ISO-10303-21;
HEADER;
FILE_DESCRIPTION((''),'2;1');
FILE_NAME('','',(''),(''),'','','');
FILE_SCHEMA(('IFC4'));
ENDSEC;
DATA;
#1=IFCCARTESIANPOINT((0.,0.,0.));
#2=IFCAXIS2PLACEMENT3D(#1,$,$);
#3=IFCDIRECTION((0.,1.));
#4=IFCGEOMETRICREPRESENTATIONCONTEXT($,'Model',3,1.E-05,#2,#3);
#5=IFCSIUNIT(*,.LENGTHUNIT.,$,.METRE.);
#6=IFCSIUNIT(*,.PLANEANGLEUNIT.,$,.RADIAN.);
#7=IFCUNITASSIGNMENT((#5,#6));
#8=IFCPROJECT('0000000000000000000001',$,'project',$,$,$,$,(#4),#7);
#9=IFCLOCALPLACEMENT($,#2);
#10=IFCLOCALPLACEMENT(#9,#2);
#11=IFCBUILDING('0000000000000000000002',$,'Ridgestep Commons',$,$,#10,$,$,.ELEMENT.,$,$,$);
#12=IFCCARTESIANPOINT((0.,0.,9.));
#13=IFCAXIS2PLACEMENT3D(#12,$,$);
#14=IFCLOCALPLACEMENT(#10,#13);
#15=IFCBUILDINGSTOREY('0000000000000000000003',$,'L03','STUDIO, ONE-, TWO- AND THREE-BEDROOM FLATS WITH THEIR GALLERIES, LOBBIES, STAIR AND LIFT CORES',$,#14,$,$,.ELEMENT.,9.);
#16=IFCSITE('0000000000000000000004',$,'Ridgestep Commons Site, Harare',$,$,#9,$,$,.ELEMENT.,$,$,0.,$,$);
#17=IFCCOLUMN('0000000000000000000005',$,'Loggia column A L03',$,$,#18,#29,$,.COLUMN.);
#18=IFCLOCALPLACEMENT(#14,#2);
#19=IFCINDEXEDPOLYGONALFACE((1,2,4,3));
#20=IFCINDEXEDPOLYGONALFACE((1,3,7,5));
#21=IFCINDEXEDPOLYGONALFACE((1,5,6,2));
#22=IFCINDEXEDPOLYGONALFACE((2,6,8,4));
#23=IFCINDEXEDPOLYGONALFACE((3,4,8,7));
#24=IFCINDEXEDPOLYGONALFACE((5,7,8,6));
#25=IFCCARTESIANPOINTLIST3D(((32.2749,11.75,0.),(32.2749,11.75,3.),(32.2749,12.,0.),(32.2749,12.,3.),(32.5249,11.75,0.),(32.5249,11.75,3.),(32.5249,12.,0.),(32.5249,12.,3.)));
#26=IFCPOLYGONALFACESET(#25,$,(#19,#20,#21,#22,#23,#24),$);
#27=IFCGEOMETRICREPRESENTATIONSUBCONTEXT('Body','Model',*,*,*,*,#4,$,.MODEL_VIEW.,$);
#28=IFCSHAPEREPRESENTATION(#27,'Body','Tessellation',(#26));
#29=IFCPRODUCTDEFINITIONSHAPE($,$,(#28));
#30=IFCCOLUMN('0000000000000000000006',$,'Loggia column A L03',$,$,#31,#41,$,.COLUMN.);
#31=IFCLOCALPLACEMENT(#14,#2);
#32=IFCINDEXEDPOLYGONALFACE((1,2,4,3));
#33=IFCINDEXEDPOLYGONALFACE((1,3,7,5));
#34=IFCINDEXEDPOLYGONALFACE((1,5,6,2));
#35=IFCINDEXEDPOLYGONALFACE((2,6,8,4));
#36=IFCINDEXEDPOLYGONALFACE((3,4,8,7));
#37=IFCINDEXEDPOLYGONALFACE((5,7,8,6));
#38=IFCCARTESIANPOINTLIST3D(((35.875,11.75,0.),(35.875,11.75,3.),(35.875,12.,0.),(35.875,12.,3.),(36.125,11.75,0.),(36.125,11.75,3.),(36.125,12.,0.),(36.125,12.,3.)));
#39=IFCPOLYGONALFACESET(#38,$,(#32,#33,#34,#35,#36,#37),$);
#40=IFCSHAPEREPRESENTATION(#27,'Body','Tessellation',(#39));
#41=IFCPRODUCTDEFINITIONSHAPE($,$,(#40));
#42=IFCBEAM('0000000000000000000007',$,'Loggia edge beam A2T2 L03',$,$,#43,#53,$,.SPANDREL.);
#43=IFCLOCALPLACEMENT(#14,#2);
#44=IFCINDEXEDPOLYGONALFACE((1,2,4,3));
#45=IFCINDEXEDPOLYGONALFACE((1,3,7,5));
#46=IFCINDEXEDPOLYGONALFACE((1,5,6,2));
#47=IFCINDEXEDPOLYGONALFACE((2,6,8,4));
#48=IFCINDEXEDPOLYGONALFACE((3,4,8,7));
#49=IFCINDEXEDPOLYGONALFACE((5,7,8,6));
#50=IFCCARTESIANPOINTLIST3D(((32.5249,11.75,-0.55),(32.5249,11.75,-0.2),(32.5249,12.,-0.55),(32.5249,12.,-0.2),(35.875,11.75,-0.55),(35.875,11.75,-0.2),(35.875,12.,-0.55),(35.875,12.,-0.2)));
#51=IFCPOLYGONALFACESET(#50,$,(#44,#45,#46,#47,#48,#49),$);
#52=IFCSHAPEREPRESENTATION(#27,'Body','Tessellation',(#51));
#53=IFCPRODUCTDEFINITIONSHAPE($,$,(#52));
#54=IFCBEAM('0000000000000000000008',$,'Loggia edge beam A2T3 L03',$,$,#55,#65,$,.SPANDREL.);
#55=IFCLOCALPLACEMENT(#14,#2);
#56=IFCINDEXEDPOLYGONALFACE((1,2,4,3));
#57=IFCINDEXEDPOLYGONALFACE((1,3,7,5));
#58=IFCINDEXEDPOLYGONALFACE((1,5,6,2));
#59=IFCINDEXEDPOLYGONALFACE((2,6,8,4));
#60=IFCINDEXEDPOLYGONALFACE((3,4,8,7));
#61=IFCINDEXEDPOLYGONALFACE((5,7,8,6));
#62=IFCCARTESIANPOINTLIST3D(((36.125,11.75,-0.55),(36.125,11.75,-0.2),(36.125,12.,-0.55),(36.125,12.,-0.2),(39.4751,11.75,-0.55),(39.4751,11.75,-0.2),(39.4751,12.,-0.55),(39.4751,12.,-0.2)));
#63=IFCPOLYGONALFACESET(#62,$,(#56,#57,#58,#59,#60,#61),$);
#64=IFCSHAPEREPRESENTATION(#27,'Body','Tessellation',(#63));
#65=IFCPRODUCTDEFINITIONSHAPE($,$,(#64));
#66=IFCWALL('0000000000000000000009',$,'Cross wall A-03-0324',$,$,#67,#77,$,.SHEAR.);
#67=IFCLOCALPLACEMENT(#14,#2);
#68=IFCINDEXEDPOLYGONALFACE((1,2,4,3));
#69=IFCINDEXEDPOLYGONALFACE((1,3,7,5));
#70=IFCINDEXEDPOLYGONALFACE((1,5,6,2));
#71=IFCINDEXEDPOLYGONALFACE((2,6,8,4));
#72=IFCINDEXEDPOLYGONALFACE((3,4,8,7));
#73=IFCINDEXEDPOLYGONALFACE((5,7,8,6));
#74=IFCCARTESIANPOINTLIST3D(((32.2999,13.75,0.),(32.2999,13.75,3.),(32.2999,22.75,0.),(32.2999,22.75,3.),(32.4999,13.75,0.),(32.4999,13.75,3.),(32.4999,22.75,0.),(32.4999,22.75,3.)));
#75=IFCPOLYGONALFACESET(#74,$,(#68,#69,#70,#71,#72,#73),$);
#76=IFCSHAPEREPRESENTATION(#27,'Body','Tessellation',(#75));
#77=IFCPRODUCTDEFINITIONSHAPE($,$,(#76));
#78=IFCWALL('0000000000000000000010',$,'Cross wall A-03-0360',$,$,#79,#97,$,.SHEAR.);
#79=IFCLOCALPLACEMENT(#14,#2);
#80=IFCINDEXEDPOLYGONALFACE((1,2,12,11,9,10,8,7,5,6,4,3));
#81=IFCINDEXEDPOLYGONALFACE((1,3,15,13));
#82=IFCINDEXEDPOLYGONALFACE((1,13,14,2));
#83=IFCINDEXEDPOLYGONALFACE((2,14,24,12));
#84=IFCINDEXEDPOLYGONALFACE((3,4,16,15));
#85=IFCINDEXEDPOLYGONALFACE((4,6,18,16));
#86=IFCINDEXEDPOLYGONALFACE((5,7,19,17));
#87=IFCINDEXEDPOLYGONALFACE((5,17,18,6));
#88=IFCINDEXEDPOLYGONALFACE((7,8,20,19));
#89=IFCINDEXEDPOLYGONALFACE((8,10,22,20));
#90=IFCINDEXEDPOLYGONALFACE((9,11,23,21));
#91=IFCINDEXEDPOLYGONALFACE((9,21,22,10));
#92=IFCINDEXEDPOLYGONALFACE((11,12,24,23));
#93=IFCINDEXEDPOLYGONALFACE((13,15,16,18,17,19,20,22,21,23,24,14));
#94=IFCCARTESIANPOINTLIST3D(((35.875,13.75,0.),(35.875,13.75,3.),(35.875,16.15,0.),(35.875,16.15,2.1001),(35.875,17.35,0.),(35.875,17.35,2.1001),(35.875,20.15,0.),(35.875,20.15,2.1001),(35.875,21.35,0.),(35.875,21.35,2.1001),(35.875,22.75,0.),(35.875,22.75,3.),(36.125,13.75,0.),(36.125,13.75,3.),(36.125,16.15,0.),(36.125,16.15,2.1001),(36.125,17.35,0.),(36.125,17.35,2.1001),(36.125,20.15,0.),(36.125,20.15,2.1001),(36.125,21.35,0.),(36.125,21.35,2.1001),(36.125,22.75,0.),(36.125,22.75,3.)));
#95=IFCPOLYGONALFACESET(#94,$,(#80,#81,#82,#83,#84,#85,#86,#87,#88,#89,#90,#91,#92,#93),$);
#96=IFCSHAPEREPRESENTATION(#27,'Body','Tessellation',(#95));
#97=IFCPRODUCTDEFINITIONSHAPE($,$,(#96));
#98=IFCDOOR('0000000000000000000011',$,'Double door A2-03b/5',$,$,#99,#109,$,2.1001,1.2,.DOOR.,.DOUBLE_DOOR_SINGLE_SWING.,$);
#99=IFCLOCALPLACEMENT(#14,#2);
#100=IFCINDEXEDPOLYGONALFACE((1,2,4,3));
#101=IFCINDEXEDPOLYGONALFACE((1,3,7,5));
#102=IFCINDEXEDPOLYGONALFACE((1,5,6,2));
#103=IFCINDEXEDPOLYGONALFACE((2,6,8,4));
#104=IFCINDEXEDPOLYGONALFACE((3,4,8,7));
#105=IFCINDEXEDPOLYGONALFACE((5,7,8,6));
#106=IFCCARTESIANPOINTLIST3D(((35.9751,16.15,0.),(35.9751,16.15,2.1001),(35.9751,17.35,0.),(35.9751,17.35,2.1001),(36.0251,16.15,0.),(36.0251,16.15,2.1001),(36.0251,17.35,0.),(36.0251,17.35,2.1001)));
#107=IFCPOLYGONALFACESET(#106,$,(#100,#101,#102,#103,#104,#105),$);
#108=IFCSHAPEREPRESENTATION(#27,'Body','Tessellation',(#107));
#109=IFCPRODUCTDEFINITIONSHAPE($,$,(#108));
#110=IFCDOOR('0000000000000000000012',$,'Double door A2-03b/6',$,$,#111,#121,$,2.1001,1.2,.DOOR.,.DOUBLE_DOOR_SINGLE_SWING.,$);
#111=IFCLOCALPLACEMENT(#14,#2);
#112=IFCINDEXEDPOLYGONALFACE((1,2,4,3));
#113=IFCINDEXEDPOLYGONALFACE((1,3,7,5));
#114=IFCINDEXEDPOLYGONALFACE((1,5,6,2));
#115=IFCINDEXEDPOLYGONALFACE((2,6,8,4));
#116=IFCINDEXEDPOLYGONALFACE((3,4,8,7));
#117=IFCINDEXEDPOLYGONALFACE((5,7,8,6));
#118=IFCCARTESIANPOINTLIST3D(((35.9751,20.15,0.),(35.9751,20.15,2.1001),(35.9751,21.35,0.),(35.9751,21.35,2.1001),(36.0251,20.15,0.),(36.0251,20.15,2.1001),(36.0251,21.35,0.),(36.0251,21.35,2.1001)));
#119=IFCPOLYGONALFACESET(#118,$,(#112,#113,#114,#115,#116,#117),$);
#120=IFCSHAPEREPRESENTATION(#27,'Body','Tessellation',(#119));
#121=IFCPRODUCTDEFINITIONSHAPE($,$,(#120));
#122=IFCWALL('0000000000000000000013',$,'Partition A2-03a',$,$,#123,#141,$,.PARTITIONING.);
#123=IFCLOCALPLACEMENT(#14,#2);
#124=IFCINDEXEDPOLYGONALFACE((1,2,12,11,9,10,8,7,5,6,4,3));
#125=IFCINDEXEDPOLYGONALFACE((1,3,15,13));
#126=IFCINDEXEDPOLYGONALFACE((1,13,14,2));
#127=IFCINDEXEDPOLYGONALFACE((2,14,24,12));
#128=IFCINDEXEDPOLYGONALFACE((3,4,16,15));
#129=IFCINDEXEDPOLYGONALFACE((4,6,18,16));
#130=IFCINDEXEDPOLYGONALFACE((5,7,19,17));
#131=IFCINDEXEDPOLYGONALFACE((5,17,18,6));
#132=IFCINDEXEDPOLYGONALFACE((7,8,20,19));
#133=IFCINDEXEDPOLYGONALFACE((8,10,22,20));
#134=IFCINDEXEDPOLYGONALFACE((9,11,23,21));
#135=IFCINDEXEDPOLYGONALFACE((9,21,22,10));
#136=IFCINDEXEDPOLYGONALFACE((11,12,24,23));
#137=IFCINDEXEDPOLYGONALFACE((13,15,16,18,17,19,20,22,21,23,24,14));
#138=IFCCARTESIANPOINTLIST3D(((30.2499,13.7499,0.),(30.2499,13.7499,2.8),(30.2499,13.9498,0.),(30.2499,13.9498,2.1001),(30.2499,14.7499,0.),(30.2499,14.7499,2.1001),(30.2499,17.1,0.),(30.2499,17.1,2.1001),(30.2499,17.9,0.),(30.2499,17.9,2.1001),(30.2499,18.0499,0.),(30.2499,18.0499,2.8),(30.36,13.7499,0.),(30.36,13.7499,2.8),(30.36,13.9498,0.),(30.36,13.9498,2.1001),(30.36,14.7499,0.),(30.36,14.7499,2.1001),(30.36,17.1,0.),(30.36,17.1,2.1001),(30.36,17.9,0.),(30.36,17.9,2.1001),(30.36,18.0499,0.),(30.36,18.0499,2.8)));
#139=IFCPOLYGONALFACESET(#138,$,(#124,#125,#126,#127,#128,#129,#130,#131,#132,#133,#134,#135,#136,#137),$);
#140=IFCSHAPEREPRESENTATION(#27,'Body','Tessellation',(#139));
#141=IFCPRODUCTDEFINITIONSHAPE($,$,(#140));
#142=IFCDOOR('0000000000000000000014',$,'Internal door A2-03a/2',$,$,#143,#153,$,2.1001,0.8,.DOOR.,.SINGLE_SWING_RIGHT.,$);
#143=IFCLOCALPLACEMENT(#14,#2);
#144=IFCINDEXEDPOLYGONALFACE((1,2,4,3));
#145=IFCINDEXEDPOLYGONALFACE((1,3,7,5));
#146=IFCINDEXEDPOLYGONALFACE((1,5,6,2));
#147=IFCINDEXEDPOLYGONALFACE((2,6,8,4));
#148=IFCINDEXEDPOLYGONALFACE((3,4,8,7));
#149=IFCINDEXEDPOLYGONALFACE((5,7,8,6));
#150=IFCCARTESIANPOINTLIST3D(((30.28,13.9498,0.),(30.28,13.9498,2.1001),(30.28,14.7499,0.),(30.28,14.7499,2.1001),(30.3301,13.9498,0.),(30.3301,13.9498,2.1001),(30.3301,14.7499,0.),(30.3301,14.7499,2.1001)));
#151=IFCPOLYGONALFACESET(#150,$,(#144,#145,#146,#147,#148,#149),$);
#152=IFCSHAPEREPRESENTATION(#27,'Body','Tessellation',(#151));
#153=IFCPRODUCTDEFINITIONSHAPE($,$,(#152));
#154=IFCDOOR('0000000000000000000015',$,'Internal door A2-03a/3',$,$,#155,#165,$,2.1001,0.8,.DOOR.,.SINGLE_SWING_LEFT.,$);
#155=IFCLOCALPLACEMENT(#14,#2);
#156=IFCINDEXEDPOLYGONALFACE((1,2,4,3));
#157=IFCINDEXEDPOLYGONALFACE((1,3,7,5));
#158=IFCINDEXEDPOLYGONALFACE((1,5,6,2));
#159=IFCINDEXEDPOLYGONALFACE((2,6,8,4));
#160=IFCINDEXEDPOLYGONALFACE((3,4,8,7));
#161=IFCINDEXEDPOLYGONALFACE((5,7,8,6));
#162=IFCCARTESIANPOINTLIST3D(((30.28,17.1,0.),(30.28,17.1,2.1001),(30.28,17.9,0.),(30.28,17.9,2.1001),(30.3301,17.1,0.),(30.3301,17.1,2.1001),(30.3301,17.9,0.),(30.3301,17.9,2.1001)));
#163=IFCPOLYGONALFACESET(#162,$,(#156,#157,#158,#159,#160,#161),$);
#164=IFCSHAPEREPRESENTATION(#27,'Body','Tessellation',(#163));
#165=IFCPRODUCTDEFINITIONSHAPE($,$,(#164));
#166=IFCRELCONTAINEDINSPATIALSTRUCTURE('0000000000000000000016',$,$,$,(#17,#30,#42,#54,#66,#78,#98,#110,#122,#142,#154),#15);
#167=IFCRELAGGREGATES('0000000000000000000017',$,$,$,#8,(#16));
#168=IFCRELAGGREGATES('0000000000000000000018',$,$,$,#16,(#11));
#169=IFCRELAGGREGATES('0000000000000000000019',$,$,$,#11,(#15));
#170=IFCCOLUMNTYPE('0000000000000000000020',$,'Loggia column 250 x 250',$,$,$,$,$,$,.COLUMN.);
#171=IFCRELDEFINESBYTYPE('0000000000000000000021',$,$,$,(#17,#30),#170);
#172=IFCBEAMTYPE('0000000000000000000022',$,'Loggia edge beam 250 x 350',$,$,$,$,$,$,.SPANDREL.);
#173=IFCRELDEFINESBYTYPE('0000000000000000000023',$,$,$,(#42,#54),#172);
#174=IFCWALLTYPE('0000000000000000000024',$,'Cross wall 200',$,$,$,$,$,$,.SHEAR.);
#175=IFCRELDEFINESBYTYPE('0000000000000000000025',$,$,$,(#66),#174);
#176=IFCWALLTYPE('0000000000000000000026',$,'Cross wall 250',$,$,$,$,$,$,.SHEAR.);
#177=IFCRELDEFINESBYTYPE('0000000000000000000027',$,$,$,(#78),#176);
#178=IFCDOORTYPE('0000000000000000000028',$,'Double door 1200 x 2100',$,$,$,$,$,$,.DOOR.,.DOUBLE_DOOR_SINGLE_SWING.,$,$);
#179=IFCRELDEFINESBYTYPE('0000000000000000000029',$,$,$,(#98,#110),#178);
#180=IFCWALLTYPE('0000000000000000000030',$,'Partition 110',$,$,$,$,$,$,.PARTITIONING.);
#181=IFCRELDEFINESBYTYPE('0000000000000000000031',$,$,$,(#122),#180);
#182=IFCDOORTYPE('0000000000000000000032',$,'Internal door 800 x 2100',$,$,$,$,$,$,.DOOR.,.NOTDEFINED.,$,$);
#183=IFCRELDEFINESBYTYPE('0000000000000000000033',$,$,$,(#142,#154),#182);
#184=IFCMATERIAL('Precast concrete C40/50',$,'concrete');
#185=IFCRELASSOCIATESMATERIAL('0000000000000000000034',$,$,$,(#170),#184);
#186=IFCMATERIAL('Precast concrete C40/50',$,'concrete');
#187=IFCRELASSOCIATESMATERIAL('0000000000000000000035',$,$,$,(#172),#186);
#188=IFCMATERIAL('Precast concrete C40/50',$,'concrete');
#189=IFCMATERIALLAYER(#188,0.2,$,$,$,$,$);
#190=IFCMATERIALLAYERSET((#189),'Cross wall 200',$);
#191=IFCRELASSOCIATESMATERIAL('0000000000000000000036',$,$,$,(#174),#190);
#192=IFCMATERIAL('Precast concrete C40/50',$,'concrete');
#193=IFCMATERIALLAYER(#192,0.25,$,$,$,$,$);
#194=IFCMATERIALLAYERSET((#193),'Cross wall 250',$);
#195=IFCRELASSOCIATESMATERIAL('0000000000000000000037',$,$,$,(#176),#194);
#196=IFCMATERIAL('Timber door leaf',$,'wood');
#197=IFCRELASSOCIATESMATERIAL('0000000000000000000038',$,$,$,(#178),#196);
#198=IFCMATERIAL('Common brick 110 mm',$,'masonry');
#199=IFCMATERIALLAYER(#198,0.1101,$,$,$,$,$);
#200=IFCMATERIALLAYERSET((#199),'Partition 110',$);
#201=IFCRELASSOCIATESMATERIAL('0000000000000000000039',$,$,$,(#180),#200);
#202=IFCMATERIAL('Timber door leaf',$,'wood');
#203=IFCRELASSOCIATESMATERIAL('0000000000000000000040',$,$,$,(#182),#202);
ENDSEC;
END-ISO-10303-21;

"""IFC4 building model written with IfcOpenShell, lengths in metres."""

from ifc_helpers import new_model, si_unit, direction, frame, frame_2d, origin, origin_2d, place, context, subcontext, project, spatial, rectangle, extrude, material, layer, layer_set, material_profile, profile_set, type_object, element, fill, save


model = new_model("IFC4")

# Units and contexts
model_context = context("Model", 3, precision=1e-05, world=origin(), true_north=direction((0.0, 1.0)))
body_context = subcontext(model_context, "Body", "Model", "MODEL_VIEW")
ifc_project = project(units=[si_unit("LENGTHUNIT", "METRE"), si_unit("PLANEANGLEUNIT", "RADIAN")], contexts=[model_context])

# Site, building, storey
site_placement = place(None, origin())
site = spatial("IfcSite", under=ifc_project, at=site_placement, Name="Ridgestep Commons Site, Harare", CompositionType="ELEMENT", RefElevation=0.0)
building_placement = place(site_placement, origin())
building = spatial("IfcBuilding", under=site, at=building_placement, Name="Ridgestep Commons", CompositionType="ELEMENT")
storey_placement = place(building_placement, frame((0.0, 0.0, 9.0)))
storey = spatial("IfcBuildingStorey", under=building, at=storey_placement, Name="L03", Description="STUDIO, ONE-, TWO- AND THREE-BEDROOM FLATS WITH THEIR GALLERIES, LOBBIES, STAIR AND LIFT CORES", CompositionType="ELEMENT", Elevation=9.0)

# Columns
ifc_material_1 = material(Name="Precast concrete C40/50", Category="concrete")
ifc_material_profile_1 = material_profile(ifc_material_1, rectangle(XDim=0.25, YDim=0.25, at=origin_2d()), Name="PC 250x250")
ifc_profile_set_1 = profile_set([ifc_material_profile_1], Name="Precast concrete C40/50")
column_type = type_object("IfcColumnType", Name="Loggia column 250 x 250", PredefinedType="COLUMN", material=ifc_profile_set_1)
for number, where, z_axis, x_axis, name in (
    (1, (32.3999, 11.875, 0.0), (0.0, 0.0, 1.0), (1.0, 0.0, 0.0), "Loggia column A L03"),
    (2, (36.0, 11.875, 0.0), (0.0, 0.0, 1.0), (1.0, 0.0, 0.0), "Loggia column A L03"),
):
    element("IfcColumn", number, at=place(storey_placement, frame(where, z_axis=z_axis, x_axis=x_axis)), inside=storey, type_object=column_type, Name=name, PredefinedType="COLUMN", context=body_context, shape_type="SweptSolid", body=[
        extrude(rectangle(XDim=0.25, YDim=0.25, at=origin_2d()), origin(), (0.0, 0.0, 1.0), 3.0),
    ])

# Beams
ifc_material_2 = material(Name="Precast concrete C40/50", Category="concrete")
ifc_material_profile_2 = material_profile(ifc_material_2, rectangle(XDim=0.25, YDim=0.3501, at=origin_2d()), Name="PC 250x350")
ifc_profile_set_2 = profile_set([ifc_material_profile_2], Name="Precast concrete C40/50")
beam_type = type_object("IfcBeamType", Name="Loggia edge beam 250 x 350", PredefinedType="SPANDREL", material=ifc_profile_set_2)
for number, where, z_axis, x_axis, name in (
    (3, (32.5249, 11.875, -0.375), (1.0, 0.0, 0.0), (0.0, 1.0, 0.0), "Loggia edge beam A2T2 L03"),
    (4, (36.125, 11.875, -0.375), (1.0, 0.0, 0.0), (0.0, 1.0, 0.0), "Loggia edge beam A2T3 L03"),
):
    element("IfcBeam", number, at=place(storey_placement, frame(where, z_axis=z_axis, x_axis=x_axis)), inside=storey, type_object=beam_type, Name=name, PredefinedType="SPANDREL", context=body_context, shape_type="SweptSolid", body=[
        extrude(rectangle(XDim=0.25, YDim=0.3501, at=origin_2d()), origin(), (0.0, 0.0, 1.0), 3.3501),
    ])

# Wall
ifc_material_3 = material(Name="Precast concrete C40/50", Category="concrete")
ifc_layer_1 = layer(ifc_material_3, 0.2)
ifc_layer_set_1 = layer_set([ifc_layer_1], Name="Cross wall 200")
wall_type_1 = type_object("IfcWallType", Name="Cross wall 200", PredefinedType="SHEAR", material=ifc_layer_set_1)
wall_1_placement = place(storey_placement, frame((32.3999, 13.75, 0.0), z_axis=(0.0, 0.0, 1.0), x_axis=(0.0, 1.0, 0.0)))
element("IfcWall", 5, at=wall_1_placement, inside=storey, type_object=wall_type_1, Name="Cross wall A-03-0324", PredefinedType="SHEAR", context=body_context, shape_type="SweptSolid", body=[
    extrude(rectangle(XDim=9.0, YDim=0.2, at=frame_2d((4.5, 0.0))), origin(), (0.0, 0.0, 1.0), 3.0),
])

# Walls, openings, doors
ifc_material_4 = material(Name="Precast concrete C40/50", Category="concrete")
ifc_layer_2 = layer(ifc_material_4, 0.25)
ifc_layer_set_2 = layer_set([ifc_layer_2], Name="Cross wall 250")
wall_type_2 = type_object("IfcWallType", Name="Cross wall 250", PredefinedType="SHEAR", material=ifc_layer_set_2)
wall_2_placement = place(storey_placement, frame((36.0, 13.75, 0.0), z_axis=(0.0, 0.0, 1.0), x_axis=(0.0, 1.0, 0.0)))
wall_2 = element("IfcWall", 6, at=wall_2_placement, inside=storey, type_object=wall_type_2, Name="Cross wall A-03-0360", PredefinedType="SHEAR", context=body_context, shape_type="SweptSolid", body=[
    extrude(rectangle(XDim=9.0, YDim=0.25, at=frame_2d((4.5, 0.0))), origin(), (0.0, 0.0, 1.0), 3.0),
])
opening_1_placement = place(wall_2_placement, frame((2.3999, 0.0, 0.0)))
opening_1 = element("IfcOpeningElement", 7, at=opening_1_placement, cuts=wall_2, PredefinedType="OPENING", context=body_context, shape_type="SweptSolid", body=[
    extrude(rectangle(XDim=1.2, YDim=2.1001, at=frame_2d((0.6001, 1.05))), frame((0.0, 0.135, 0.0), z_axis=(0.0, -1.0, 0.0), x_axis=(1.0, 0.0, 0.0)), (0.0, 0.0, 1.0), 0.27),
])
opening_2_placement = place(wall_2_placement, frame((6.3999, 0.0, 0.0)))
opening_2 = element("IfcOpeningElement", 8, at=opening_2_placement, cuts=wall_2, PredefinedType="OPENING", context=body_context, shape_type="SweptSolid", body=[
    extrude(rectangle(XDim=1.2, YDim=2.1001, at=frame_2d((0.6001, 1.05))), frame((0.0, 0.135, 0.0), z_axis=(0.0, -1.0, 0.0), x_axis=(1.0, 0.0, 0.0)), (0.0, 0.0, 1.0), 0.27),
])
ifc_material_5 = material(Name="Timber door leaf", Category="wood")
door_type_1 = type_object("IfcDoorType", Name="Double door 1200 x 2100", OperationType="DOUBLE_DOOR_SINGLE_SWING", PredefinedType="DOOR", material=ifc_material_5)
door_1_placement = place(opening_1_placement, origin())
door_1 = element("IfcDoor", 9, at=door_1_placement, inside=storey, type_object=door_type_1, Name="Double door A2-03b/5", OperationType="DOUBLE_DOOR_SINGLE_SWING", OverallHeight=2.1001, OverallWidth=1.2, PredefinedType="DOOR", context=body_context, shape_type="SweptSolid", body=[
    extrude(rectangle(XDim=1.2, YDim=2.1001, at=frame_2d((0.6001, 1.05))), frame((0.0, 0.0249, 0.0), z_axis=(0.0, -1.0, 0.0), x_axis=(1.0, 0.0, 0.0)), (0.0, 0.0, 1.0), 0.05),
])
fill(opening_1, door_1)
door_2_placement = place(opening_2_placement, origin())
door_2 = element("IfcDoor", 10, at=door_2_placement, inside=storey, type_object=door_type_1, Name="Double door A2-03b/6", OperationType="DOUBLE_DOOR_SINGLE_SWING", OverallHeight=2.1001, OverallWidth=1.2, PredefinedType="DOOR", context=body_context, shape_type="SweptSolid", body=[
    extrude(rectangle(XDim=1.2, YDim=2.1001, at=frame_2d((0.6001, 1.05))), frame((0.0, 0.0249, 0.0), z_axis=(0.0, -1.0, 0.0), x_axis=(1.0, 0.0, 0.0)), (0.0, 0.0, 1.0), 0.05),
])
fill(opening_2, door_2)
ifc_material_6 = material(Name="Common brick 110 mm", Category="masonry")
ifc_layer_3 = layer(ifc_material_6, 0.1101)
ifc_layer_set_3 = layer_set([ifc_layer_3], Name="Partition 110")
wall_type_3 = type_object("IfcWallType", Name="Partition 110", PredefinedType="PARTITIONING", material=ifc_layer_set_3)
wall_3_placement = place(storey_placement, frame((30.3049, 13.75, 0.0), z_axis=(0.0, 0.0, 1.0), x_axis=(0.0, 1.0, 0.0)))
wall_3 = element("IfcWall", 11, at=wall_3_placement, inside=storey, type_object=wall_type_3, Name="Partition A2-03a", PredefinedType="PARTITIONING", context=body_context, shape_type="SweptSolid", body=[
    extrude(rectangle(XDim=4.3, YDim=0.1101, at=frame_2d((2.1499, 0.0))), origin(), (0.0, 0.0, 1.0), 2.8),
])
opening_3_placement = place(wall_3_placement, frame((0.2, 0.0, 0.0)))
opening_3 = element("IfcOpeningElement", 12, at=opening_3_placement, cuts=wall_3, PredefinedType="OPENING", context=body_context, shape_type="SweptSolid", body=[
    extrude(rectangle(XDim=0.8, YDim=2.1001, at=frame_2d((0.3999, 1.05))), frame((0.0, 0.0649, 0.0), z_axis=(0.0, -1.0, 0.0), x_axis=(1.0, 0.0, 0.0)), (0.0, 0.0, 1.0), 0.1301),
])
opening_4_placement = place(wall_3_placement, frame((3.3501, 0.0, 0.0)))
opening_4 = element("IfcOpeningElement", 13, at=opening_4_placement, cuts=wall_3, PredefinedType="OPENING", context=body_context, shape_type="SweptSolid", body=[
    extrude(rectangle(XDim=0.8, YDim=2.1001, at=frame_2d((0.3999, 1.05))), frame((0.0, 0.0649, 0.0), z_axis=(0.0, -1.0, 0.0), x_axis=(1.0, 0.0, 0.0)), (0.0, 0.0, 1.0), 0.1301),
])
ifc_material_7 = material(Name="Timber door leaf", Category="wood")
door_type_2 = type_object("IfcDoorType", Name="Internal door 800 x 2100", OperationType="NOTDEFINED", PredefinedType="DOOR", material=ifc_material_7)
door_3_placement = place(opening_3_placement, origin())
door_3 = element("IfcDoor", 14, at=door_3_placement, inside=storey, type_object=door_type_2, Name="Internal door A2-03a/2", OperationType="SINGLE_SWING_RIGHT", OverallHeight=2.1001, OverallWidth=0.8, PredefinedType="DOOR", context=body_context, shape_type="SweptSolid", body=[
    extrude(rectangle(XDim=0.8, YDim=2.1001, at=frame_2d((0.3999, 1.05))), frame((0.0, 0.0249, 0.0), z_axis=(0.0, -1.0, 0.0), x_axis=(1.0, 0.0, 0.0)), (0.0, 0.0, 1.0), 0.05),
])
fill(opening_3, door_3)
door_4_placement = place(opening_4_placement, origin())
door_4 = element("IfcDoor", 15, at=door_4_placement, inside=storey, type_object=door_type_2, Name="Internal door A2-03a/3", OperationType="SINGLE_SWING_LEFT", OverallHeight=2.1001, OverallWidth=0.8, PredefinedType="DOOR", context=body_context, shape_type="SweptSolid", body=[
    extrude(rectangle(XDim=0.8, YDim=2.1001, at=frame_2d((0.3999, 1.05))), frame((0.0, 0.0249, 0.0), z_axis=(0.0, -1.0, 0.0), x_axis=(1.0, 0.0, 0.0)), (0.0, 0.0, 1.0), 0.05),
])
fill(opening_4, door_4)

save(model, "model.ifc")
